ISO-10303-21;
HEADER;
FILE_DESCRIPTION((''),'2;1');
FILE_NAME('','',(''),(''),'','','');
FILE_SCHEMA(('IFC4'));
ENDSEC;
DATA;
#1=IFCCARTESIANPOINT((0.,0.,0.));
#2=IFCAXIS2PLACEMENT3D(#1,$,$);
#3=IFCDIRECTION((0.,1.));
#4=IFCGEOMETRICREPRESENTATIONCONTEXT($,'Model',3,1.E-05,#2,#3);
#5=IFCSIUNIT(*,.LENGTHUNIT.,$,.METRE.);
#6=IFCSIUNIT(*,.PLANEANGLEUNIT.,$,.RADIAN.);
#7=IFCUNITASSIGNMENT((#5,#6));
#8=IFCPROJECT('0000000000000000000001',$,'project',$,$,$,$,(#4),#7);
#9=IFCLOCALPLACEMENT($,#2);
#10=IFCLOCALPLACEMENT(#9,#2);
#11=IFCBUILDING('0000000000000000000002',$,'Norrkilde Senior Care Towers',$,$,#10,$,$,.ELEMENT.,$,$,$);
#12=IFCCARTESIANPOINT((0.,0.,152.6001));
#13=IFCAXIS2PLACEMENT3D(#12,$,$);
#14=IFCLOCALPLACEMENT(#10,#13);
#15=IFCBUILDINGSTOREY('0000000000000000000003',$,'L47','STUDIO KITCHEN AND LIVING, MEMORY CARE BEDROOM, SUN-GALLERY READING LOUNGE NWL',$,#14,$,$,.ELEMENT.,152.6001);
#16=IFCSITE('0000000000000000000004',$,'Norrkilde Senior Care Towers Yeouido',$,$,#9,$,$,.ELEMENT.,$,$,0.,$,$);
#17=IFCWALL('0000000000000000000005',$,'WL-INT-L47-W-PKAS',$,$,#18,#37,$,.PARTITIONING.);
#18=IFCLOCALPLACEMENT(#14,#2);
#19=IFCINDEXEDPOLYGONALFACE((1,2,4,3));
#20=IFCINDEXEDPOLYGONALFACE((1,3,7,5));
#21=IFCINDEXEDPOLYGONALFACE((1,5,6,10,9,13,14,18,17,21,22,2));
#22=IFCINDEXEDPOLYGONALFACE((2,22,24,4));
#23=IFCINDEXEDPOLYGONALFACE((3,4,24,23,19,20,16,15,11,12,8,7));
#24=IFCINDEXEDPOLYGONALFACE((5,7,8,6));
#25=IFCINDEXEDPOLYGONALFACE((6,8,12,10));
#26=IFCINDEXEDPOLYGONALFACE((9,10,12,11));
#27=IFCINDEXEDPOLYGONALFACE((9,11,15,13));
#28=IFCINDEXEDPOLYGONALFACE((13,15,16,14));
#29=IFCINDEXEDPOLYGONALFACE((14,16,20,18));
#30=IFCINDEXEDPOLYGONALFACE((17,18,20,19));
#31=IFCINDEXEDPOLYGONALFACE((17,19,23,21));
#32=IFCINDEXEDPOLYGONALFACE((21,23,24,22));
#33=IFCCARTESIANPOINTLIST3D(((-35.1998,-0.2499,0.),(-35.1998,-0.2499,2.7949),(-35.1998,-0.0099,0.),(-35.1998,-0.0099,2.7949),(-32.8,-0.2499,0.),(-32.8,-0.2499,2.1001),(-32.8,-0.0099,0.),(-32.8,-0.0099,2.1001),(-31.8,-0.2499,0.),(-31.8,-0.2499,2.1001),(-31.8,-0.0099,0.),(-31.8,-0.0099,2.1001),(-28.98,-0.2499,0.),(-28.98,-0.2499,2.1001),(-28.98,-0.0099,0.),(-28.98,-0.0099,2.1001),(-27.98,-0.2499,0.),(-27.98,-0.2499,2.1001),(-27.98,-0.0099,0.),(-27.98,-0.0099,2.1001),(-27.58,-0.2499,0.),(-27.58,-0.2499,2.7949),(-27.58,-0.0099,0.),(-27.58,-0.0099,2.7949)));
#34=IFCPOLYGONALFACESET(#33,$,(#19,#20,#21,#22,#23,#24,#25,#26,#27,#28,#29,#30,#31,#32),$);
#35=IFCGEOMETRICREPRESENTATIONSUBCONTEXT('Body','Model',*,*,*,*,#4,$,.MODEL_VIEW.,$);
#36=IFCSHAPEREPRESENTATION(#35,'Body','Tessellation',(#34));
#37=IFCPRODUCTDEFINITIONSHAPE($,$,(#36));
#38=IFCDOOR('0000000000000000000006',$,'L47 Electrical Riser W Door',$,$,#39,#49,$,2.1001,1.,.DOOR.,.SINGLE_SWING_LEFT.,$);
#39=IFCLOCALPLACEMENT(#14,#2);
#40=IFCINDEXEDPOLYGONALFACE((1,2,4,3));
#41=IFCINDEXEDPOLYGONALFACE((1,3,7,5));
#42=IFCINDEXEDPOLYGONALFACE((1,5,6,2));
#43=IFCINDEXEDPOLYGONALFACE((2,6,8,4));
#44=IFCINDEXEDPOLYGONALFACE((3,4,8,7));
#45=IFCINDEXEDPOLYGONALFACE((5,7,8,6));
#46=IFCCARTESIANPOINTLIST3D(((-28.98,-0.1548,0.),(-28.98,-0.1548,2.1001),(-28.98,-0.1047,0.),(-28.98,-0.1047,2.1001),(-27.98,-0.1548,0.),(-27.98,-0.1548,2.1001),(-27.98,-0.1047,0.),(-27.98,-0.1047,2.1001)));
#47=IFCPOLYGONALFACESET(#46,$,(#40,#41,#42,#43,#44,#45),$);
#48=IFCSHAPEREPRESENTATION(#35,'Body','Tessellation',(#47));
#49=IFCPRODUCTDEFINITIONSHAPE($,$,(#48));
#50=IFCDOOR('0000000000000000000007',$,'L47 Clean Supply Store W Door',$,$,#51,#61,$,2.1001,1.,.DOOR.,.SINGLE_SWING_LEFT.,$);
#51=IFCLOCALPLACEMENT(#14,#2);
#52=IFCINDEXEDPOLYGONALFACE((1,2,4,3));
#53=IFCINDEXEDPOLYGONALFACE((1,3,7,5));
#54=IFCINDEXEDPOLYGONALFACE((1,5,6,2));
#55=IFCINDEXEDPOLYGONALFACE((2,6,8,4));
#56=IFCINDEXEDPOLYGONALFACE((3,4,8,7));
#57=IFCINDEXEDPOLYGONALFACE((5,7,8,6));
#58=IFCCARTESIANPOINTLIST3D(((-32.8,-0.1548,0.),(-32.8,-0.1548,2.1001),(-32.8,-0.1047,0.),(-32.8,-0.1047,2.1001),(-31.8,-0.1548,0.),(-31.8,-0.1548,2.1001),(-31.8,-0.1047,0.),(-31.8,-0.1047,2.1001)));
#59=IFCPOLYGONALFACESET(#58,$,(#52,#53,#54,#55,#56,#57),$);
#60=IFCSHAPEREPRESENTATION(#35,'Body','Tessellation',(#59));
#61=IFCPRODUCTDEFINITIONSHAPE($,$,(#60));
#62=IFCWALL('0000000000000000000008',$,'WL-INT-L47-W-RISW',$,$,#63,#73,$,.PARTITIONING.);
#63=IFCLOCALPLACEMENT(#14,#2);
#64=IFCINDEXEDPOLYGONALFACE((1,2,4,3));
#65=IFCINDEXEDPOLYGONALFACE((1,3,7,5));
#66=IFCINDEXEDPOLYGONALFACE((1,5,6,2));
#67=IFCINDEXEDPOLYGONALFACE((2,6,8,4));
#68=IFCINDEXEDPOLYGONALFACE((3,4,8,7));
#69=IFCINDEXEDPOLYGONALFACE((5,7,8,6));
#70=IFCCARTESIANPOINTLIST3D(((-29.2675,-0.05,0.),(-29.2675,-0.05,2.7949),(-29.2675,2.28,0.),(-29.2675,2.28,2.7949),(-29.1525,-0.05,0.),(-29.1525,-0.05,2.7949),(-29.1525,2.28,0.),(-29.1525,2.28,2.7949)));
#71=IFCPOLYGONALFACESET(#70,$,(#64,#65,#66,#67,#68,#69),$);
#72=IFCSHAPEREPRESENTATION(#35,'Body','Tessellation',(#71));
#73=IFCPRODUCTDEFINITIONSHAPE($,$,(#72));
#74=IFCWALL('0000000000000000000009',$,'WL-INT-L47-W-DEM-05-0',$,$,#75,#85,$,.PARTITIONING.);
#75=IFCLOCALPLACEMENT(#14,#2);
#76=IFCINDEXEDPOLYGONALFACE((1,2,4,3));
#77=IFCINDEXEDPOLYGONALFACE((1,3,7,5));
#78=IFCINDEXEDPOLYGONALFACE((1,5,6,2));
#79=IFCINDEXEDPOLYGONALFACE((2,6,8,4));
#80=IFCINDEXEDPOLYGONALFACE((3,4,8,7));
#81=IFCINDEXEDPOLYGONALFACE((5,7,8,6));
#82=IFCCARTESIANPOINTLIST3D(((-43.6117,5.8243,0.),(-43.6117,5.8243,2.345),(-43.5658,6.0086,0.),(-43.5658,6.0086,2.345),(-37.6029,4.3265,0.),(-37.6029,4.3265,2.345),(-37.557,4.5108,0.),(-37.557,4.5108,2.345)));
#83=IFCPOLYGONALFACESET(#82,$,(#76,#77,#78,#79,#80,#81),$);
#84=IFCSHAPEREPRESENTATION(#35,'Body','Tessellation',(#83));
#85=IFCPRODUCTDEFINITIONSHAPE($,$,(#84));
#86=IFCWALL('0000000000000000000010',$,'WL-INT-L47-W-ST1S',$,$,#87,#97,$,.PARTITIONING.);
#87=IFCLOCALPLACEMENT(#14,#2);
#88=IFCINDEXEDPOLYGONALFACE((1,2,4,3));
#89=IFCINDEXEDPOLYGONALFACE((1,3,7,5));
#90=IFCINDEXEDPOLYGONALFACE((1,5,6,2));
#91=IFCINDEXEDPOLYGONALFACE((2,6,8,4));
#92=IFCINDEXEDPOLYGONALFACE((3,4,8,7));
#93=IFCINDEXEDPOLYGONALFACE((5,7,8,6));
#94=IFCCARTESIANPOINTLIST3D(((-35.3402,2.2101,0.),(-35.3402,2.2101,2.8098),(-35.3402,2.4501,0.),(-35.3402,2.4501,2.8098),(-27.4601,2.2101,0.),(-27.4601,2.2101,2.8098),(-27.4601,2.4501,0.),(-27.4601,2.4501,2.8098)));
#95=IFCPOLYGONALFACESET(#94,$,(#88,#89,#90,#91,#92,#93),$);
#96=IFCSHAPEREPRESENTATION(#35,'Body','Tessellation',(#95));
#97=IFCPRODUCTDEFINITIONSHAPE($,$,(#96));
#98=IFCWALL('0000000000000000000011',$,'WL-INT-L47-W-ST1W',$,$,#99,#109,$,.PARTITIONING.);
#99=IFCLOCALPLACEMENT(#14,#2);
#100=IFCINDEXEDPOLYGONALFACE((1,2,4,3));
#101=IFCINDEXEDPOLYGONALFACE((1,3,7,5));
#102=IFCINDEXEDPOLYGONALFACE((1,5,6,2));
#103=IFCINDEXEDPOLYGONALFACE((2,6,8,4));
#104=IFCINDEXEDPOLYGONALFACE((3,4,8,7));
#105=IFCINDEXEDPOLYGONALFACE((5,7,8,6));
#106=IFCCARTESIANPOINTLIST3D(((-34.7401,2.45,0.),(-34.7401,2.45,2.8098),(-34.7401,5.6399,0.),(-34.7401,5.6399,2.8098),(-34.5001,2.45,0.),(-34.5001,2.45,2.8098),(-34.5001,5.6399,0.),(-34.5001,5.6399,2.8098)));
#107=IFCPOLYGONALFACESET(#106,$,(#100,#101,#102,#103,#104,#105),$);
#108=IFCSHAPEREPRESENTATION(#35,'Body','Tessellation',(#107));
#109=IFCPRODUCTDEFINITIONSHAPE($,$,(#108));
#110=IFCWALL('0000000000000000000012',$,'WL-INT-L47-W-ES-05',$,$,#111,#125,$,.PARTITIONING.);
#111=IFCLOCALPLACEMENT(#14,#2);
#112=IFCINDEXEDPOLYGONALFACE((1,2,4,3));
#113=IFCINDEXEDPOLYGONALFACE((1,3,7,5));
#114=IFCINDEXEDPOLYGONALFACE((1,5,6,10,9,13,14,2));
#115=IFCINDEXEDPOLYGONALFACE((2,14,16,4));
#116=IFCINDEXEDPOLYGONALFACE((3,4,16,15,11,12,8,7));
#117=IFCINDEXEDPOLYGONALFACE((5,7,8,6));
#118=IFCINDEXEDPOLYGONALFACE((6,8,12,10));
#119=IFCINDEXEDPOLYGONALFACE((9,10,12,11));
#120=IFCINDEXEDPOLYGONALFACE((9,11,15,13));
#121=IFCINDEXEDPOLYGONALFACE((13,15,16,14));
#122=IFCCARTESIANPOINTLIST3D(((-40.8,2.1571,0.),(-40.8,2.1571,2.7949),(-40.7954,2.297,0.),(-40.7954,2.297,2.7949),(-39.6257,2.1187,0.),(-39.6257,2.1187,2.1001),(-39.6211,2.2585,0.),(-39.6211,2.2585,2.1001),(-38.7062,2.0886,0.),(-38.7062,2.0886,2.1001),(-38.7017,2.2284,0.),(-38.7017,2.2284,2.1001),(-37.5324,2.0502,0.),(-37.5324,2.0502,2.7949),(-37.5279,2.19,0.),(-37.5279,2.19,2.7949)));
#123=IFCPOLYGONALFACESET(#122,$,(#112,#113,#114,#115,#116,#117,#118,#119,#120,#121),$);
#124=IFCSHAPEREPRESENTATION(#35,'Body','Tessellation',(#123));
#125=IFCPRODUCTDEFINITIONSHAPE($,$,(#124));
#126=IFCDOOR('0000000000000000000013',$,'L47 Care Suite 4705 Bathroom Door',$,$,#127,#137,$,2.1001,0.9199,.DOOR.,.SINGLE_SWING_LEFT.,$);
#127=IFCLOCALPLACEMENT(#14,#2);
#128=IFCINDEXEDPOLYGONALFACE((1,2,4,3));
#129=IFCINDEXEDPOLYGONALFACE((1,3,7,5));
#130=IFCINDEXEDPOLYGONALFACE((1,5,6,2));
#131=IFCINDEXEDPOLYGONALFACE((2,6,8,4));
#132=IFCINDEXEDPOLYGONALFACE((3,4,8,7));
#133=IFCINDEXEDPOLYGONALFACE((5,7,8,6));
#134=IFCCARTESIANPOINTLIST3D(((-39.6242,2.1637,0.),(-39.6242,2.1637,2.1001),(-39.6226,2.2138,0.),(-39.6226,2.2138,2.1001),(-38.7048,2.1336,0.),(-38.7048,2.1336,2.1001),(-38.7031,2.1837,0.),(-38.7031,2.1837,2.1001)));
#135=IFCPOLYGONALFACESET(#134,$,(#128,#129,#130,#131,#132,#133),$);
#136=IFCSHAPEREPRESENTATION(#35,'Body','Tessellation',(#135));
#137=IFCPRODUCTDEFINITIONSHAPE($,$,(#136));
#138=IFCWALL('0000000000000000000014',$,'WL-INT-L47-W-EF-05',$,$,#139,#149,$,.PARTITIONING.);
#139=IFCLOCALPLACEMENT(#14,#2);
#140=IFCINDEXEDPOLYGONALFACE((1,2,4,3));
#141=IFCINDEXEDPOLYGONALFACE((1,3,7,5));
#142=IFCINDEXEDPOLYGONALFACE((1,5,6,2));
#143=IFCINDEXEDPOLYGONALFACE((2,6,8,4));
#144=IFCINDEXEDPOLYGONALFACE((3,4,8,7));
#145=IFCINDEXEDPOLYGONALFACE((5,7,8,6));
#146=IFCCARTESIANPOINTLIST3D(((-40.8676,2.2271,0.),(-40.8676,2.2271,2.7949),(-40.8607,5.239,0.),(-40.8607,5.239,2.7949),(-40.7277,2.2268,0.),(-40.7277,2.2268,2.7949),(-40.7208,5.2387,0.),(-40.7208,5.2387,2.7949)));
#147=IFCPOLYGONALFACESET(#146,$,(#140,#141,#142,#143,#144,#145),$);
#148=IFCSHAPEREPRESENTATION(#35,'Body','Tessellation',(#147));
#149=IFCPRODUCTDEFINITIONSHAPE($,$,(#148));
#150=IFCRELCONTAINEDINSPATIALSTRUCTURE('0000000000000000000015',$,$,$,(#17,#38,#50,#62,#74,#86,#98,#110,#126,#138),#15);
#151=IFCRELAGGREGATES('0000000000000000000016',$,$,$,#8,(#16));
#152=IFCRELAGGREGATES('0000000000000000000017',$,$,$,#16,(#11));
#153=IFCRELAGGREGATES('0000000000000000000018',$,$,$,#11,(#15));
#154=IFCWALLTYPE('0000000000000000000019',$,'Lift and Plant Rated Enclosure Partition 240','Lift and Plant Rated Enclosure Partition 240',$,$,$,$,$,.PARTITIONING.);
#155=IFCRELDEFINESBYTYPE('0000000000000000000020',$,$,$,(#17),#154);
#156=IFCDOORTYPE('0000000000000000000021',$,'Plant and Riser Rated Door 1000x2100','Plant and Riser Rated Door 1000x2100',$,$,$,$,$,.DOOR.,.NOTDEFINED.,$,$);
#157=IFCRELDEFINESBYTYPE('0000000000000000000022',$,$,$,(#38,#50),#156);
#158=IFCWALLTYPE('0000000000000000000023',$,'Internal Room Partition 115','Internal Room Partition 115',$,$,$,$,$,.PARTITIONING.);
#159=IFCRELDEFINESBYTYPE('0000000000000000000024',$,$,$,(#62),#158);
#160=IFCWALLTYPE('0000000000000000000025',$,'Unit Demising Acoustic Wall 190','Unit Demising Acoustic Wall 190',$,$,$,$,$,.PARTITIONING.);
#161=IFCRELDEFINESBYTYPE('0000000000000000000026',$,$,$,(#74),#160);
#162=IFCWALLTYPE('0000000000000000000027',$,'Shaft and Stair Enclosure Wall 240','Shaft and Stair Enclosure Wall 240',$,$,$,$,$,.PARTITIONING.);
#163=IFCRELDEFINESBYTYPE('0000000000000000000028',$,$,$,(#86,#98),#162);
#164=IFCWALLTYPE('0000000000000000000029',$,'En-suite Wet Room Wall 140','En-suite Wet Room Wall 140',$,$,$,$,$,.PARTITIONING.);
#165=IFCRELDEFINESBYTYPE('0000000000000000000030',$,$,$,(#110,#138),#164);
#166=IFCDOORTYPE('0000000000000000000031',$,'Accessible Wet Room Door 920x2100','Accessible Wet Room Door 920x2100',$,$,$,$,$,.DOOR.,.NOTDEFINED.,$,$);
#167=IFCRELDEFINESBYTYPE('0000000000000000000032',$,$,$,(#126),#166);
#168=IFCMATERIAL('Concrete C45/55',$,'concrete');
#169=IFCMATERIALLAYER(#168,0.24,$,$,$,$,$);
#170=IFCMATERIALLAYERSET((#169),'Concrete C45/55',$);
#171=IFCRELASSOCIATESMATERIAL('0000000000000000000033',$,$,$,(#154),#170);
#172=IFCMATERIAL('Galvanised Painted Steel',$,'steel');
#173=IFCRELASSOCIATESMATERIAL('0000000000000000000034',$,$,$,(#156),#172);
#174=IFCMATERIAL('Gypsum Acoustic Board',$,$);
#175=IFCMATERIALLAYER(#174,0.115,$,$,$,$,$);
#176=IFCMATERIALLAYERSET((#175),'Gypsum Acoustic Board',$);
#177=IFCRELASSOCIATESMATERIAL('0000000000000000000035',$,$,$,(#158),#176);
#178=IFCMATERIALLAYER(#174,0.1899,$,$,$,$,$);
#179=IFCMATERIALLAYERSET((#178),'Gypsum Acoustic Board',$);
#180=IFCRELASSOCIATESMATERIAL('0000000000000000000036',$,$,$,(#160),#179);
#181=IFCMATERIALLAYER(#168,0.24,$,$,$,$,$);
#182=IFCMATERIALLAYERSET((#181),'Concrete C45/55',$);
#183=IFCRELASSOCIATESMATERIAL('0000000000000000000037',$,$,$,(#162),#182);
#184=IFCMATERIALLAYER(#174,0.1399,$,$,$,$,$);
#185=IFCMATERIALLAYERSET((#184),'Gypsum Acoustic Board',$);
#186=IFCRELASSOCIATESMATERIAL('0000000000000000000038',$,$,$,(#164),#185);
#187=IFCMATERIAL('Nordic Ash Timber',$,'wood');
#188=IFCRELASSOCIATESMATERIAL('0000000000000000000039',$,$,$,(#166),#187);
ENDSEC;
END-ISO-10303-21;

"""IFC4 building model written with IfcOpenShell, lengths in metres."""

from ifc_helpers import new_model, si_unit, direction, frame, frame_2d, origin, place, context, subcontext, project, spatial, rectangle, extrude, source, transform, mapped, material, layer, layer_set, type_object, type_shapes, element, fill, save


model = new_model("IFC4")

# Units and contexts
model_context = context("Model", 3, precision=1e-05, world=origin(), true_north=direction((0.0, 1.0)))
body_context = subcontext(model_context, "Body", "Model", "MODEL_VIEW")
ifc_project = project(units=[si_unit("LENGTHUNIT", "METRE"), si_unit("PLANEANGLEUNIT", "RADIAN")], contexts=[model_context])

# Site, building, storey
site_placement = place(None, origin())
site = spatial("IfcSite", under=ifc_project, at=site_placement, Name="Norrkilde Senior Care Towers Yeouido", CompositionType="ELEMENT", RefElevation=0.0)
building_placement = place(site_placement, origin())
building = spatial("IfcBuilding", under=site, at=building_placement, Name="Norrkilde Senior Care Towers", CompositionType="ELEMENT")
storey_placement = place(building_placement, frame((0.0, 0.0, 152.6001)))
storey = spatial("IfcBuildingStorey", under=building, at=storey_placement, Name="L47", Description="STUDIO KITCHEN AND LIVING, MEMORY CARE BEDROOM, SUN-GALLERY READING LOUNGE NWL", CompositionType="ELEMENT", Elevation=152.6001)

# Wall, openings, doors
ifc_material_1 = material(Name="Concrete C45/55", Category="concrete")
ifc_layer_1 = layer(ifc_material_1, 0.24)
ifc_layer_set_1 = layer_set([ifc_layer_1], Name="Concrete C45/55")
wall_type_1 = type_object("IfcWallType", Name="Lift and Plant Rated Enclosure Partition 240", Description="Lift and Plant Rated Enclosure Partition 240", PredefinedType="PARTITIONING", material=ifc_layer_set_1)
shared_shape_1 = source(origin(), body_context, "Body", "SweptSolid", [
    extrude(rectangle(XDim=7.6199, YDim=0.24, at=frame_2d((3.8101, 0.0))), origin(), (0.0, 0.0, 1.0), 2.7949),
])
type_shapes(wall_type_1, [shared_shape_1])
wall_1_placement = place(storey_placement, frame((-35.2, -0.1299, 0.0), z_axis=(0.0, 0.0, 1.0), x_axis=(1.0, 0.0, 0.0)))
wall_1 = element("IfcWall", 1, at=wall_1_placement, inside=storey, type_object=wall_type_1, Name="WL-INT-L47-W-PKAS", PredefinedType="PARTITIONING", context=body_context, shape_type="MappedRepresentation", body=[
    mapped(shared_shape_1, transform((0.0, 0.0, 0.0), x_axis=(1.0, 0.0, 0.0), y_axis=(0.0, 1.0, 0.0), z_axis=(0.0, 0.0, 1.0), scale=1.0)),
])
opening_1_placement = place(wall_1_placement, frame((6.22, 0.0, 0.0)))
opening_1 = element("IfcOpeningElement", 2, at=opening_1_placement, cuts=wall_1, PredefinedType="OPENING", context=body_context, shape_type="SweptSolid", body=[
    extrude(rectangle(XDim=1.0, YDim=2.1001, at=frame_2d((0.5, 1.05))), frame((0.0, 0.1299, 0.0), z_axis=(0.0, -1.0, 0.0), x_axis=(1.0, 0.0, 0.0)), (0.0, 0.0, 1.0), 0.26),
])
opening_2_placement = place(wall_1_placement, frame((2.3999, 0.0, 0.0)))
opening_2 = element("IfcOpeningElement", 3, at=opening_2_placement, cuts=wall_1, PredefinedType="OPENING", context=body_context, shape_type="SweptSolid", body=[
    extrude(rectangle(XDim=1.0, YDim=2.1001, at=frame_2d((0.5, 1.05))), frame((0.0, 0.1299, 0.0), z_axis=(0.0, -1.0, 0.0), x_axis=(1.0, 0.0, 0.0)), (0.0, 0.0, 1.0), 0.26),
])
ifc_material_2 = material(Name="Galvanised Painted Steel", Category="steel")
door_type_1 = type_object("IfcDoorType", Name="Plant and Riser Rated Door 1000x2100", Description="Plant and Riser Rated Door 1000x2100", OperationType="NOTDEFINED", PredefinedType="DOOR", material=ifc_material_2)
shared_shape_2 = source(origin(), body_context, "Body", "SweptSolid", [
    extrude(rectangle(XDim=1.0, YDim=2.1001, at=frame_2d((0.5, 1.05))), frame((0.0, 0.0249, 0.0), z_axis=(0.0, -1.0, 0.0), x_axis=(1.0, 0.0, 0.0)), (0.0, 0.0, 1.0), 0.05),
])
type_shapes(door_type_1, [shared_shape_2])
door_1_placement = place(opening_1_placement, frame((1.0, 0.0, 0.0), z_axis=(0.0, 0.0, 1.0), x_axis=(-1.0, 0.0, 0.0)))
door_1 = element("IfcDoor", 4, at=door_1_placement, inside=storey, type_object=door_type_1, Name="L47 Electrical Riser W Door", OperationType="SINGLE_SWING_LEFT", OverallHeight=2.1001, OverallWidth=1.0, PredefinedType="DOOR", context=body_context, shape_type="MappedRepresentation", body=[
    mapped(shared_shape_2, transform((0.0, 0.0, 0.0), x_axis=(1.0, 0.0, 0.0), y_axis=(0.0, 1.0, 0.0), z_axis=(0.0, 0.0, 1.0), scale=1.0)),
])
fill(opening_1, door_1)
door_2_placement = place(opening_2_placement, frame((1.0, 0.0, 0.0), z_axis=(0.0, 0.0, 1.0), x_axis=(-1.0, 0.0, 0.0)))
door_2 = element("IfcDoor", 5, at=door_2_placement, inside=storey, type_object=door_type_1, Name="L47 Clean Supply Store W Door", OperationType="SINGLE_SWING_LEFT", OverallHeight=2.1001, OverallWidth=1.0, PredefinedType="DOOR", context=body_context, shape_type="MappedRepresentation", body=[
    mapped(shared_shape_2, transform((0.0, 0.0, 0.0), x_axis=(1.0, 0.0, 0.0), y_axis=(0.0, 1.0, 0.0), z_axis=(0.0, 0.0, 1.0), scale=1.0)),
])
fill(opening_2, door_2)

# Walls
ifc_material_3 = material(Name="Gypsum Acoustic Board")
ifc_layer_2 = layer(ifc_material_3, 0.115)
ifc_layer_set_2 = layer_set([ifc_layer_2], Name="Gypsum Acoustic Board")
wall_type_2 = type_object("IfcWallType", Name="Internal Room Partition 115", Description="Internal Room Partition 115", PredefinedType="PARTITIONING", material=ifc_layer_set_2)
shared_shape_3 = source(origin(), body_context, "Body", "SweptSolid", [
    extrude(rectangle(XDim=2.3301, YDim=0.115, at=frame_2d((1.165, 0.0))), origin(), (0.0, 0.0, 1.0), 2.7949),
])
type_shapes(wall_type_2, [shared_shape_3])
wall_2_placement = place(storey_placement, frame((-29.21, -0.05, 0.0), z_axis=(0.0, 0.0, 1.0), x_axis=(0.0, 1.0, 0.0)))
element("IfcWall", 6, at=wall_2_placement, inside=storey, type_object=wall_type_2, Name="WL-INT-L47-W-RISW", PredefinedType="PARTITIONING", context=body_context, shape_type="MappedRepresentation", body=[
    mapped(shared_shape_3, transform((0.0, 0.0, 0.0), x_axis=(1.0, 0.0, 0.0), y_axis=(0.0, 1.0, 0.0), z_axis=(0.0, 0.0, 1.0), scale=1.0)),
])
ifc_layer_3 = layer(ifc_material_3, 0.1899)
ifc_layer_set_3 = layer_set([ifc_layer_3], Name="Gypsum Acoustic Board")
wall_type_3 = type_object("IfcWallType", Name="Unit Demising Acoustic Wall 190", Description="Unit Demising Acoustic Wall 190", PredefinedType="PARTITIONING", material=ifc_layer_set_3)
shared_shape_4 = source(origin(), body_context, "Body", "SweptSolid", [
    extrude(rectangle(XDim=6.1926, YDim=0.1899, at=frame_2d((3.0962, 0.0))), origin(), (0.0, 0.0, 1.0), 2.345),
])
type_shapes(wall_type_3, [shared_shape_4])
wall_3_placement = place(storey_placement, frame((-37.5801, 4.4187, 0.0), z_axis=(0.0, 0.0, 1.0), x_axis=(-0.970309, 0.241868, 0.0)))
element("IfcWall", 7, at=wall_3_placement, inside=storey, type_object=wall_type_3, Name="WL-INT-L47-W-DEM-05-0", PredefinedType="PARTITIONING", context=body_context, shape_type="MappedRepresentation", body=[
    mapped(shared_shape_4, transform((0.0, 0.0, 0.0), x_axis=(1.0, 0.0, 0.0), y_axis=(0.0, 1.0, 0.0), z_axis=(0.0, 0.0, 1.0), scale=1.0)),
])
ifc_layer_4 = layer(ifc_material_1, 0.24)
ifc_layer_set_4 = layer_set([ifc_layer_4], Name="Concrete C45/55")
wall_type_4 = type_object("IfcWallType", Name="Shaft and Stair Enclosure Wall 240", Description="Shaft and Stair Enclosure Wall 240", PredefinedType="PARTITIONING", material=ifc_layer_set_4)
shared_shape_5 = source(origin(), body_context, "Body", "SweptSolid", [
    extrude(rectangle(XDim=7.8801, YDim=0.24, at=frame_2d((3.9399, 0.0))), origin(), (0.0, 0.0, 1.0), 2.8098),
])
wall_4_placement = place(storey_placement, frame((-35.3401, 2.3301, 0.0), z_axis=(0.0, 0.0, 1.0), x_axis=(1.0, 0.0, 0.0)))
element("IfcWall", 8, at=wall_4_placement, inside=storey, type_object=wall_type_4, Name="WL-INT-L47-W-ST1S", PredefinedType="PARTITIONING", context=body_context, shape_type="MappedRepresentation", body=[
    mapped(shared_shape_5, transform((0.0, 0.0, 0.0), x_axis=(1.0, 0.0, 0.0), y_axis=(0.0, 1.0, 0.0), z_axis=(0.0, 0.0, 1.0), scale=1.0)),
])
shared_shape_6 = source(origin(), body_context, "Body", "SweptSolid", [
    extrude(rectangle(XDim=3.1899, YDim=0.24, at=frame_2d((1.595, 0.0))), origin(), (0.0, 0.0, 1.0), 2.8098),
])
type_shapes(wall_type_4, [shared_shape_5, shared_shape_6])
wall_5_placement = place(storey_placement, frame((-34.6201, 2.45, 0.0), z_axis=(0.0, 0.0, 1.0), x_axis=(0.0, 1.0, 0.0)))
element("IfcWall", 9, at=wall_5_placement, inside=storey, type_object=wall_type_4, Name="WL-INT-L47-W-ST1W", PredefinedType="PARTITIONING", context=body_context, shape_type="MappedRepresentation", body=[
    mapped(shared_shape_6, transform((0.0, 0.0, 0.0), x_axis=(1.0, 0.0, 0.0), y_axis=(0.0, 1.0, 0.0), z_axis=(0.0, 0.0, 1.0), scale=1.0)),
])

# Wall, opening, door
ifc_layer_5 = layer(ifc_material_3, 0.1399)
ifc_layer_set_5 = layer_set([ifc_layer_5], Name="Gypsum Acoustic Board")
wall_type_5 = type_object("IfcWallType", Name="En-suite Wet Room Wall 140", Description="En-suite Wet Room Wall 140", PredefinedType="PARTITIONING", material=ifc_layer_set_5)
shared_shape_7 = source(origin(), body_context, "Body", "SweptSolid", [
    extrude(rectangle(XDim=3.2693, YDim=0.1399, at=frame_2d((1.6348, 0.0))), origin(), (0.0, 0.0, 1.0), 2.7949),
])
wall_6_placement = place(storey_placement, frame((-37.53, 2.1201, 0.0), z_axis=(0.0, 0.0, 1.0), x_axis=(-0.999465, 0.032708, 0.0)))
wall_6 = element("IfcWall", 10, at=wall_6_placement, inside=storey, type_object=wall_type_5, Name="WL-INT-L47-W-ES-05", PredefinedType="PARTITIONING", context=body_context, shape_type="MappedRepresentation", body=[
    mapped(shared_shape_7, transform((0.0, 0.0, 0.0), x_axis=(1.0, 0.0, 0.0), y_axis=(0.0, 1.0, 0.0), z_axis=(0.0, 0.0, 1.0), scale=1.0)),
])
opening_3_placement = place(wall_6_placement, frame((1.1746, 0.0, 0.0)))
opening_3 = element("IfcOpeningElement", 11, at=opening_3_placement, cuts=wall_6, PredefinedType="OPENING", context=body_context, shape_type="SweptSolid", body=[
    extrude(rectangle(XDim=0.9199, YDim=2.1001, at=frame_2d((0.46, 1.05))), frame((0.0, 0.0798, 0.0), z_axis=(0.0, -1.0, 0.0), x_axis=(1.0, 0.0, 0.0)), (0.0, 0.0, 1.0), 0.1599),
])
ifc_material_4 = material(Name="Nordic Ash Timber", Category="wood")
door_type_2 = type_object("IfcDoorType", Name="Accessible Wet Room Door 920x2100", Description="Accessible Wet Room Door 920x2100", OperationType="NOTDEFINED", PredefinedType="DOOR", material=ifc_material_4)
shared_shape_8 = source(origin(), body_context, "Body", "SweptSolid", [
    extrude(rectangle(XDim=0.9199, YDim=2.1001, at=frame_2d((0.46, 1.05))), frame((0.0, 0.0249, 0.0), z_axis=(0.0, -1.0, 0.0), x_axis=(1.0, 0.0, 0.0)), (0.0, 0.0, 1.0), 0.05),
])
type_shapes(door_type_2, [shared_shape_8])
door_3_placement = place(opening_3_placement, origin())
door_3 = element("IfcDoor", 12, at=door_3_placement, inside=storey, type_object=door_type_2, Name="L47 Care Suite 4705 Bathroom Door", OperationType="SINGLE_SWING_LEFT", OverallHeight=2.1001, OverallWidth=0.9199, PredefinedType="DOOR", context=body_context, shape_type="MappedRepresentation", body=[
    mapped(shared_shape_8, transform((0.0, 0.0, 0.0), x_axis=(1.0, 0.0, 0.0), y_axis=(0.0, 1.0, 0.0), z_axis=(0.0, 0.0, 1.0), scale=1.0)),
])
fill(opening_3, door_3)

# Wall
shared_shape_9 = source(origin(), body_context, "Body", "SweptSolid", [
    extrude(rectangle(XDim=3.012, YDim=0.1399, at=frame_2d((1.5059, 0.0))), origin(), (0.0, 0.0, 1.0), 2.7949),
])
type_shapes(wall_type_5, [shared_shape_7, shared_shape_9])
wall_7_placement = place(storey_placement, frame((-40.7976, 2.2271, 0.0), z_axis=(0.0, 0.0, 1.0), x_axis=(0.00227, 0.999997, 0.0)))
element("IfcWall", 13, at=wall_7_placement, inside=storey, type_object=wall_type_5, Name="WL-INT-L47-W-EF-05", PredefinedType="PARTITIONING", context=body_context, shape_type="MappedRepresentation", body=[
    mapped(shared_shape_9, transform((0.0, 0.0, 0.0), x_axis=(1.0, 0.0, 0.0), y_axis=(0.0, 1.0, 0.0), z_axis=(0.0, 0.0, 1.0), scale=1.0)),
])

save(model, "model.ifc")
